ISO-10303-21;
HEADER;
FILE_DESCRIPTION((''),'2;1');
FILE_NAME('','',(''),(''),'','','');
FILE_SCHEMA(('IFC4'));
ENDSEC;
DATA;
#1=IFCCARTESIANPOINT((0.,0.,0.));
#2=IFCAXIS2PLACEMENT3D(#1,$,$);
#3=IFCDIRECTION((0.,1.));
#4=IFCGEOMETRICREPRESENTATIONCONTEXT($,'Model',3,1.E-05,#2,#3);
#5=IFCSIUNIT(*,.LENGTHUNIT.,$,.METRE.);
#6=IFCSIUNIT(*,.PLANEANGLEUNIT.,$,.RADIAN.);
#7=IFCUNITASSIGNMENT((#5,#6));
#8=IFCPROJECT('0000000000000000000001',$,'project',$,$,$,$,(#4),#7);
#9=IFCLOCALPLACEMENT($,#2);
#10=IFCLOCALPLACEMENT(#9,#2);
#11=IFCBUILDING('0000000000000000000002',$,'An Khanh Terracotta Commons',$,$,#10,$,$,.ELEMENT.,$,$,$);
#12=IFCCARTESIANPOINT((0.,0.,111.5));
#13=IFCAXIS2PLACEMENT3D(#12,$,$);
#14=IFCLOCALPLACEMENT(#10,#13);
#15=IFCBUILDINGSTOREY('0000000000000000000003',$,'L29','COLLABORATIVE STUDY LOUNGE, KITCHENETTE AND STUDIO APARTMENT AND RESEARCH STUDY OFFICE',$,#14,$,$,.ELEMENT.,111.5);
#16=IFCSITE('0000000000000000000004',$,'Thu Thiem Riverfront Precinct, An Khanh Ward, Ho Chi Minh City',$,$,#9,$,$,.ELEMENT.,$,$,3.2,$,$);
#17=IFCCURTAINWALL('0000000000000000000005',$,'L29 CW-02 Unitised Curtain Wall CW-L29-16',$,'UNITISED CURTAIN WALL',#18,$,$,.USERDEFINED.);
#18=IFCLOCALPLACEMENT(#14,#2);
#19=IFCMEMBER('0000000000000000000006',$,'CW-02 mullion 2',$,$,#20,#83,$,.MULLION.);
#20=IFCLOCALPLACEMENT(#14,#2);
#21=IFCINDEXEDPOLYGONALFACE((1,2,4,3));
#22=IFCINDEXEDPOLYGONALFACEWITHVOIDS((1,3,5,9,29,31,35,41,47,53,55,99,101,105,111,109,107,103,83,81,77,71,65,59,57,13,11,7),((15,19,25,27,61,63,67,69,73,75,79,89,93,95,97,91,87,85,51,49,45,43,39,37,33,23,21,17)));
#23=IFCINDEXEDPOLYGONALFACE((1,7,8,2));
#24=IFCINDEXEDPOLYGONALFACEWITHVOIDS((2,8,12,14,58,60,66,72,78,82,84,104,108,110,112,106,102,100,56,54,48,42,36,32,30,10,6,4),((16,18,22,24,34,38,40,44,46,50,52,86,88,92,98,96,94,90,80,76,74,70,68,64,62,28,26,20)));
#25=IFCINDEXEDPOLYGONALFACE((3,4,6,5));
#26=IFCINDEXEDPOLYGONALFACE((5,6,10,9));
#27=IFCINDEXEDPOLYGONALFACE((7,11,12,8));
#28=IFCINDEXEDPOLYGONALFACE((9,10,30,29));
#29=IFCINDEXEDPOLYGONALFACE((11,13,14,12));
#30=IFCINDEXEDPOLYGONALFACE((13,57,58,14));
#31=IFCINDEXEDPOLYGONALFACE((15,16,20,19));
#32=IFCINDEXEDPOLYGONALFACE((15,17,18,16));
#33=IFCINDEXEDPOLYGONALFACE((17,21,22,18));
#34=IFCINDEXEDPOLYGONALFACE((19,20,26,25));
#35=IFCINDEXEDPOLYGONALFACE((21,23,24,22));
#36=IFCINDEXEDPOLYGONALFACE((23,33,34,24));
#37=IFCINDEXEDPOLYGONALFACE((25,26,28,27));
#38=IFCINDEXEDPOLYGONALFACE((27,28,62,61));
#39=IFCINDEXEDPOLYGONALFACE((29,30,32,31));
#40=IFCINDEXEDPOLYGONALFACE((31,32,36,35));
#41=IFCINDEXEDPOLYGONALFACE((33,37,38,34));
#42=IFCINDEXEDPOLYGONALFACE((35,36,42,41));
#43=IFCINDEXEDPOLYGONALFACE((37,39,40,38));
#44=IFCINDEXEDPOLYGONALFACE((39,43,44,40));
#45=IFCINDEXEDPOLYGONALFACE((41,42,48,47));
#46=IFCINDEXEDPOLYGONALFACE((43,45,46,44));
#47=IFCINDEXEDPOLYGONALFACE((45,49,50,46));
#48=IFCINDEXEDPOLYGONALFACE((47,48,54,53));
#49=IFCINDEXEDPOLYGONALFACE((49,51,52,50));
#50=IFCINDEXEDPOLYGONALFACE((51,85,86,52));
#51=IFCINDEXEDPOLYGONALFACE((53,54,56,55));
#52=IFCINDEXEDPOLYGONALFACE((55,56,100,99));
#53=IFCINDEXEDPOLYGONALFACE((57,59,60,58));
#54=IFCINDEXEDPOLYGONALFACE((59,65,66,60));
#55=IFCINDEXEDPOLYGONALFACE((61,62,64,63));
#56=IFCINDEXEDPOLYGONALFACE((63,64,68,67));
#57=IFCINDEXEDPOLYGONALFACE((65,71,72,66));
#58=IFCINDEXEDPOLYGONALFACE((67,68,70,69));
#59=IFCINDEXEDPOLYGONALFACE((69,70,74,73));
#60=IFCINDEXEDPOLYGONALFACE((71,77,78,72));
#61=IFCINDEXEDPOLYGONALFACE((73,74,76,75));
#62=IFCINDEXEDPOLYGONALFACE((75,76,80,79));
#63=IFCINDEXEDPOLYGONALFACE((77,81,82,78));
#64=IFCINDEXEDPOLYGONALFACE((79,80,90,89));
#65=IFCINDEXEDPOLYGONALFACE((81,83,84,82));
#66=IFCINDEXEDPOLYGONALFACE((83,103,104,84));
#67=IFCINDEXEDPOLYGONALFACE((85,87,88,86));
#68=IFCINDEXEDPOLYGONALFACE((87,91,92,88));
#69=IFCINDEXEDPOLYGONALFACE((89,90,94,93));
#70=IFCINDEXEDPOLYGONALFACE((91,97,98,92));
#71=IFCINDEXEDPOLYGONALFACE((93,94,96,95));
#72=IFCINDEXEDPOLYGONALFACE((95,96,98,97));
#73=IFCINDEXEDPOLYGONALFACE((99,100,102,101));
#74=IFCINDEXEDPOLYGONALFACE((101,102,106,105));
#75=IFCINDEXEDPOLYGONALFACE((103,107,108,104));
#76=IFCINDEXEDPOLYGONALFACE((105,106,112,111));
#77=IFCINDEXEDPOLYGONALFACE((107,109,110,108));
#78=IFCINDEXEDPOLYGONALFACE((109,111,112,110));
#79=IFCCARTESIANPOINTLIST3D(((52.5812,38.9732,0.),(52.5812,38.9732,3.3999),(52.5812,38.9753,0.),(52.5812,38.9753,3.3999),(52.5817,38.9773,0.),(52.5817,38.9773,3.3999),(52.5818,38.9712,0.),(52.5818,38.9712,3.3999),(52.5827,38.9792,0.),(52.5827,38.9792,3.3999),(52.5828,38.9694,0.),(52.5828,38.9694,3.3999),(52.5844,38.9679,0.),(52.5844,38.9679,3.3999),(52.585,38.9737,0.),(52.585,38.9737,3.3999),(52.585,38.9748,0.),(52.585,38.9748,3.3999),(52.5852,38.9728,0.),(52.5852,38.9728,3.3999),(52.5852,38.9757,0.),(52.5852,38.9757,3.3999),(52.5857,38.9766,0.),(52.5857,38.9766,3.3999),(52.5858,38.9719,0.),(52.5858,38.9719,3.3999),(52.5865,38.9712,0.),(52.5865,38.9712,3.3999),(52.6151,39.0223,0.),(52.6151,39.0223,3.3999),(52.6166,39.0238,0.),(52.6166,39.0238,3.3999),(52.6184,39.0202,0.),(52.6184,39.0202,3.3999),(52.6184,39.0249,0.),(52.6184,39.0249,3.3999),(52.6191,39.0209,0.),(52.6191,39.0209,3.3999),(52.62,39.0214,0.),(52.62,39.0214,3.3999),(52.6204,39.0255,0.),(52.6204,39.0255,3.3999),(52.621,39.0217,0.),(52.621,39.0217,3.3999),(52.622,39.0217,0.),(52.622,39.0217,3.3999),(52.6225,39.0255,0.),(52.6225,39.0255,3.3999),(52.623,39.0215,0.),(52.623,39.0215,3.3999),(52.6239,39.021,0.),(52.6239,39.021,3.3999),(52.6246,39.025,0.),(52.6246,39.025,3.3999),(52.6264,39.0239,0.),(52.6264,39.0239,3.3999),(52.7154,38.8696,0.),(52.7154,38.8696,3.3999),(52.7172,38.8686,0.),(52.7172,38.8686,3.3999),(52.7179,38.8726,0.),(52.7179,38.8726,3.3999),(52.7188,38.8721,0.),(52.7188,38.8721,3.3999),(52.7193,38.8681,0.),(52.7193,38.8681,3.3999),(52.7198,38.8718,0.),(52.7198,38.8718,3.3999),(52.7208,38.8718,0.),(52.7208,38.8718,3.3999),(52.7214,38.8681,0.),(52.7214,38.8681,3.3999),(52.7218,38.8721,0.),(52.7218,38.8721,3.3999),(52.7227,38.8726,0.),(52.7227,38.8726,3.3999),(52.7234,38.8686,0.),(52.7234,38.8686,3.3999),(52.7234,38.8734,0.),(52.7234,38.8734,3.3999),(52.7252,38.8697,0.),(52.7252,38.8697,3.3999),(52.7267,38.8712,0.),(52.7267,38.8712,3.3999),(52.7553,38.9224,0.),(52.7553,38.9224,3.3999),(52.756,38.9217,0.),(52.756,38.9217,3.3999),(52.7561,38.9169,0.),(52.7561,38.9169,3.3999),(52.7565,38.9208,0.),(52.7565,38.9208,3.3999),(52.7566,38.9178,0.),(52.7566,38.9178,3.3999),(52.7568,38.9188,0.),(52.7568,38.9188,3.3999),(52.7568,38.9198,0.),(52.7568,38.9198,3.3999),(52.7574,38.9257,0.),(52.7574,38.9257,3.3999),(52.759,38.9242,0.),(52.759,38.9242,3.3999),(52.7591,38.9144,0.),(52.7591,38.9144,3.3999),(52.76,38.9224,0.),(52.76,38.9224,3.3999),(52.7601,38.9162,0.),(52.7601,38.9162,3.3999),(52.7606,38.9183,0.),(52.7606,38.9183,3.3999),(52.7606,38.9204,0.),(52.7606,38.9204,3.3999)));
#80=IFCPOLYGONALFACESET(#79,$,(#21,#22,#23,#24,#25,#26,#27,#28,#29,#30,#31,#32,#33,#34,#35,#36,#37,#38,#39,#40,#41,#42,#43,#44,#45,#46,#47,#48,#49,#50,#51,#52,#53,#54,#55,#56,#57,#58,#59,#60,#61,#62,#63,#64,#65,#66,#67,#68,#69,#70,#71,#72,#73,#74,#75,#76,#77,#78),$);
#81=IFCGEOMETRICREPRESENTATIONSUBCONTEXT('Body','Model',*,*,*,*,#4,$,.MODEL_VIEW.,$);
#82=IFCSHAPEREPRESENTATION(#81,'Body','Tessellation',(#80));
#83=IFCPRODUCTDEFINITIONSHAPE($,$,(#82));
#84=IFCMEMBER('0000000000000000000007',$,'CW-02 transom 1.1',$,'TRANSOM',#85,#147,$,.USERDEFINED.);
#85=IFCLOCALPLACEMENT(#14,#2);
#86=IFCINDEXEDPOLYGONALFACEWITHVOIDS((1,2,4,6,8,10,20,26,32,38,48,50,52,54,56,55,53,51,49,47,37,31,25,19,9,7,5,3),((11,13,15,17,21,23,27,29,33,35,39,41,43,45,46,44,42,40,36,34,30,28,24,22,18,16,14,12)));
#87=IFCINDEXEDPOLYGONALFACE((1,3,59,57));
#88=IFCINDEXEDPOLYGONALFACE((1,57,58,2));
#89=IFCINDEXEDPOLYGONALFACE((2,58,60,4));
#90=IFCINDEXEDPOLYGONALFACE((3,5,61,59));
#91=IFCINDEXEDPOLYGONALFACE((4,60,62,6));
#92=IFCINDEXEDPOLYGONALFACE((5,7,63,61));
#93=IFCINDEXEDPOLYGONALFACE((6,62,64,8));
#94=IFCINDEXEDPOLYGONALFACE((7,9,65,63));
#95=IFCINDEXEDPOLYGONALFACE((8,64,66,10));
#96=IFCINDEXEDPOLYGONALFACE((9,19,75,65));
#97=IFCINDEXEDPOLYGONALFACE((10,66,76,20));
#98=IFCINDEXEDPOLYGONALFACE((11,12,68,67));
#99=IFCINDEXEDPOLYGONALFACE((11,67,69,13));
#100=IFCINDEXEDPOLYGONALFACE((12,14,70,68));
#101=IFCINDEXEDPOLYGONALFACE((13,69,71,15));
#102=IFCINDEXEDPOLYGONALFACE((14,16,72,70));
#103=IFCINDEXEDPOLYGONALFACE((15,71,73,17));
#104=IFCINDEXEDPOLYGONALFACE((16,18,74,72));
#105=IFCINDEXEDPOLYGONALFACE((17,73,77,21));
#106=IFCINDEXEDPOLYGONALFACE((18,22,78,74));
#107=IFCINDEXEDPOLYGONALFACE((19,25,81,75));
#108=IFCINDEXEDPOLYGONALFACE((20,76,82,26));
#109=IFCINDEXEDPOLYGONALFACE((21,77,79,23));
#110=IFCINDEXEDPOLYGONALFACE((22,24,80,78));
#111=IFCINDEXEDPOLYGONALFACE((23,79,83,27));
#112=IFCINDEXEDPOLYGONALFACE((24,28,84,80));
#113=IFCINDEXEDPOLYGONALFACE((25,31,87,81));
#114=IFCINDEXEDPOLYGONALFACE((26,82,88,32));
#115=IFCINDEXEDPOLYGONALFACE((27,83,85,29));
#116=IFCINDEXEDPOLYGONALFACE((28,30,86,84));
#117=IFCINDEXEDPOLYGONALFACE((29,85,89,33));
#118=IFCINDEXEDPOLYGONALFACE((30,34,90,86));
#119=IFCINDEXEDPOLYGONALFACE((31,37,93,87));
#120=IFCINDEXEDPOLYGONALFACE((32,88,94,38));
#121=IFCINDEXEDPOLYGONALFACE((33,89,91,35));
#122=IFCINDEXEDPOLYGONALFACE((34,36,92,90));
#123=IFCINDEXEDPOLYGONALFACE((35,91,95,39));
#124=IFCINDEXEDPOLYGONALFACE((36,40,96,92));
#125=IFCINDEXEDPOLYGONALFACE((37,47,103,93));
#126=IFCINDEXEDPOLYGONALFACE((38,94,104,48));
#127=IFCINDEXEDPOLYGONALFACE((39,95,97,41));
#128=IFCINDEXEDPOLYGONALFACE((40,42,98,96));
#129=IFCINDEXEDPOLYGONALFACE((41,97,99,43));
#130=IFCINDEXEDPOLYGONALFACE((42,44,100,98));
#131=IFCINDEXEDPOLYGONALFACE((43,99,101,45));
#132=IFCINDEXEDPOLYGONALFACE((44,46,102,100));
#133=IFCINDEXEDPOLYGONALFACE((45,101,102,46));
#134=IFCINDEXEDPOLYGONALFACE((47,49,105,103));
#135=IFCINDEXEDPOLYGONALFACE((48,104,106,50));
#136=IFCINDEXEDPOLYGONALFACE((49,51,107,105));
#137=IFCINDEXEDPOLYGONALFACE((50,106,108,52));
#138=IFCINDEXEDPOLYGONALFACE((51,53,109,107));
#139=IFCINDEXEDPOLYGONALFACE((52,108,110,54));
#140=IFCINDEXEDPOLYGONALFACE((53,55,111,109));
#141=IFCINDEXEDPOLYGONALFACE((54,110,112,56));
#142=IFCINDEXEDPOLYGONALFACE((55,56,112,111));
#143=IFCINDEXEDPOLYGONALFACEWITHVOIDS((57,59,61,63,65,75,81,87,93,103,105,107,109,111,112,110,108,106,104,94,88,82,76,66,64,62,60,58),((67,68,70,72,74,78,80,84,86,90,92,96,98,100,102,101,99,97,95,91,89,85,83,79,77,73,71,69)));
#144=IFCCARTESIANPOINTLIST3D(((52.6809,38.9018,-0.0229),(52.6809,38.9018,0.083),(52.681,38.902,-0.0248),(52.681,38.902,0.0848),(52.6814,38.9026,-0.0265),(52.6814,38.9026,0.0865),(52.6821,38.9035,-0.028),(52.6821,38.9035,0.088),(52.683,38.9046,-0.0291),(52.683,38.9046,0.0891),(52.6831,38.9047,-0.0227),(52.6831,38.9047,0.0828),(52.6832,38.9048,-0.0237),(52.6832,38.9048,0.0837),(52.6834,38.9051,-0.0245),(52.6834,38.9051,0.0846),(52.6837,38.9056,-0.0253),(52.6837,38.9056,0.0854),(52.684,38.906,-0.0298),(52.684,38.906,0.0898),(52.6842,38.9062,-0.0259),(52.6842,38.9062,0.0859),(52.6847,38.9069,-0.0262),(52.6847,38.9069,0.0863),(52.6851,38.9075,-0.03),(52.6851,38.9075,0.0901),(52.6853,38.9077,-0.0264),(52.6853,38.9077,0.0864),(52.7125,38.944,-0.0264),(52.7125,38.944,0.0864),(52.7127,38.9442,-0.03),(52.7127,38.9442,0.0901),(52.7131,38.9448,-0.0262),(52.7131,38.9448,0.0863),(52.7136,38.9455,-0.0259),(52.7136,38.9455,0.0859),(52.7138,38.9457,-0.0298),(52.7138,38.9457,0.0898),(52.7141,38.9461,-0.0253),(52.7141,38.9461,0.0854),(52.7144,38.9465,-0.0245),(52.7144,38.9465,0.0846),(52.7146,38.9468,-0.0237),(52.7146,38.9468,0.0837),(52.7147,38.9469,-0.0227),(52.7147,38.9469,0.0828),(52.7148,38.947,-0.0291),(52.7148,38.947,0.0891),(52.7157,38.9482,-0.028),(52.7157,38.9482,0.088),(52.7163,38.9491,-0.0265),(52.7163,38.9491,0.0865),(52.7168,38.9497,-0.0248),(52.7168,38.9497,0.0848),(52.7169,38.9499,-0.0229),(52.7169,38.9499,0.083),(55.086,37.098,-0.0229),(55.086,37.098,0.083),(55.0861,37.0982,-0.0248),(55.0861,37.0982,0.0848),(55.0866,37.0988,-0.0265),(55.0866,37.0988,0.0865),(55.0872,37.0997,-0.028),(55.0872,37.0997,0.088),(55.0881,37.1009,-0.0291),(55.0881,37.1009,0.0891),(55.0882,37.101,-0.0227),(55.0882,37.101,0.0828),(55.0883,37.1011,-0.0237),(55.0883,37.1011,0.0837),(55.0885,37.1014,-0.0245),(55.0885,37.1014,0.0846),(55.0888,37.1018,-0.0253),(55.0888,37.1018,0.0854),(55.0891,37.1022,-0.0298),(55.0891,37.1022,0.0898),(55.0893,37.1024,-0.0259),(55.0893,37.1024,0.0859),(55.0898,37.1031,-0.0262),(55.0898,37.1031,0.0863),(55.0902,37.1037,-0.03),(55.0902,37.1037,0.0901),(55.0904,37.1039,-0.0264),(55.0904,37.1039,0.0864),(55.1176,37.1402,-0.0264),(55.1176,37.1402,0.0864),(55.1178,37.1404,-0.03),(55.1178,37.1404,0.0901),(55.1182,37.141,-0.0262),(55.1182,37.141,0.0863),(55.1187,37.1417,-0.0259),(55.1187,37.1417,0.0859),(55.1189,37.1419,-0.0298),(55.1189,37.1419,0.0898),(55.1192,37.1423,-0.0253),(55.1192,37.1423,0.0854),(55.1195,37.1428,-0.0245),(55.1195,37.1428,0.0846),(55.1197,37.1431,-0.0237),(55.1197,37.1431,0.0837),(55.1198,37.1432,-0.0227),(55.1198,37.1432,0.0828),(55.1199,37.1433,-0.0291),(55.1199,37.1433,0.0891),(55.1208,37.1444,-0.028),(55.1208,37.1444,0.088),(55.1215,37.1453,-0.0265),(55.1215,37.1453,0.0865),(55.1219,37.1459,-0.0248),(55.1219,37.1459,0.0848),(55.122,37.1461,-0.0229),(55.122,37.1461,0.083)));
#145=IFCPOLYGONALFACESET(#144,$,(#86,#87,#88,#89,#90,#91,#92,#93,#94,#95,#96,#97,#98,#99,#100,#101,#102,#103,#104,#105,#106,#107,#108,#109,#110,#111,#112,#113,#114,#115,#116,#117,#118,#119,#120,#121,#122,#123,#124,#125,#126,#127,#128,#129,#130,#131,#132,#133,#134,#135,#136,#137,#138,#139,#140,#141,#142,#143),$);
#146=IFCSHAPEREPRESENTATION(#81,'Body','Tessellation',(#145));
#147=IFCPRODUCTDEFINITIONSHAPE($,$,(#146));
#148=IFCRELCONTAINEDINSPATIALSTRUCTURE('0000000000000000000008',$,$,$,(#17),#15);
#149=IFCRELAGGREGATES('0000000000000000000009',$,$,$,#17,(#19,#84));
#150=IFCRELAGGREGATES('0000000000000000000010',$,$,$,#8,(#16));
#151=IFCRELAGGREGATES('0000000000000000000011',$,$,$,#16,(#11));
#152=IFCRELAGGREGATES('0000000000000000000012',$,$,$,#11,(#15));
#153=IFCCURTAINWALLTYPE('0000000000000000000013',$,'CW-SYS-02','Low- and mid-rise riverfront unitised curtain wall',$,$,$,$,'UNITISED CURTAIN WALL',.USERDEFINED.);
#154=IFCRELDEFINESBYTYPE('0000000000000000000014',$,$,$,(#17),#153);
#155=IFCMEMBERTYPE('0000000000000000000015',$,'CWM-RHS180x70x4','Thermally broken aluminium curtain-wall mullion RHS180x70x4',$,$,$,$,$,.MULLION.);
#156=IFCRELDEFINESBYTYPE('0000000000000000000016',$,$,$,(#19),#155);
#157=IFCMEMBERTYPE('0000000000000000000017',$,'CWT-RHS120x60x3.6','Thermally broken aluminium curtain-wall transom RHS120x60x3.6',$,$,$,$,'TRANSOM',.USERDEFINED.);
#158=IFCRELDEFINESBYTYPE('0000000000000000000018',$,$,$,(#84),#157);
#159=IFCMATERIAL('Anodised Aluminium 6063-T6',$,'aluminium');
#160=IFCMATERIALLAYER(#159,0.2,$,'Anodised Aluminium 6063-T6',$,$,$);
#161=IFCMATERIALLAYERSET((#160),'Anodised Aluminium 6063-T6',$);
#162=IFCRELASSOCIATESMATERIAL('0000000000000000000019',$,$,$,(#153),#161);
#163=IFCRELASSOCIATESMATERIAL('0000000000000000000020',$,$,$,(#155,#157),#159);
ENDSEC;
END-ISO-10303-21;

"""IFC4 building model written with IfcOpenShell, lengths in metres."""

from ifc_helpers import new_model, si_unit, direction, frame, origin, origin_2d, place, context, subcontext, project, spatial, hollow_rectangle, extrude, material, layer, layer_set, material_profile, profile_set, type_object, element, aggregate, save


model = new_model("IFC4")

# Units and contexts
model_context = context("Model", 3, precision=1e-05, world=origin(), true_north=direction((0.0, 1.0)))
body_context = subcontext(model_context, "Body", "Model", "MODEL_VIEW")
ifc_project = project(units=[si_unit("LENGTHUNIT", "METRE"), si_unit("PLANEANGLEUNIT", "RADIAN")], contexts=[model_context])

# Site, building, storey
site_placement = place(None, origin())
site = spatial("IfcSite", under=ifc_project, at=site_placement, Name="Thu Thiem Riverfront Precinct, An Khanh Ward, Ho Chi Minh City", CompositionType="ELEMENT", RefElevation=3.2)
building_placement = place(site_placement, origin())
building = spatial("IfcBuilding", under=site, at=building_placement, Name="An Khanh Terracotta Commons", CompositionType="ELEMENT")
storey_placement = place(building_placement, frame((0.0, 0.0, 111.5)))
storey = spatial("IfcBuildingStorey", under=building, at=storey_placement, Name="L29", Description="COLLABORATIVE STUDY LOUNGE, KITCHENETTE AND STUDIO APARTMENT AND RESEARCH STUDY OFFICE", CompositionType="ELEMENT", Elevation=111.5)

# Shared definitions
ifc_material_1 = material(Name="Anodised Aluminium 6063-T6", Category="aluminium")
ifc_layer_1 = layer(ifc_material_1, 0.2, Name="Anodised Aluminium 6063-T6")
ifc_layer_set_1 = layer_set([ifc_layer_1], Name="Anodised Aluminium 6063-T6")
curtain_wall_type = type_object("IfcCurtainWallType", Name="CW-SYS-02", Description="Low- and mid-rise riverfront unitised curtain wall", ElementType="UNITISED CURTAIN WALL", PredefinedType="USERDEFINED", material=ifc_layer_set_1)
ifc_material_profile_1 = material_profile(ifc_material_1, hollow_rectangle(XDim=0.0701, YDim=0.1799, WallThickness=0.0039, InnerFilletRadius=0.0039, OuterFilletRadius=0.0081, at=origin_2d()), Name="RHS180x70x4")
ifc_profile_set_1 = profile_set([ifc_material_profile_1], Name="Anodised Aluminium 6063-T6")
member_type_1 = type_object("IfcMemberType", Name="CWM-RHS180x70x4", Description="Thermally broken aluminium curtain-wall mullion RHS180x70x4", PredefinedType="MULLION", material=ifc_profile_set_1)

# Curtain wall, members
curtain_wall_1_placement = place(storey_placement, origin())
curtain_wall_1 = element("IfcCurtainWall", 1, at=curtain_wall_1_placement, inside=storey, type_object=curtain_wall_type, Name="L29 CW-02 Unitised Curtain Wall CW-L29-16", ObjectType="UNITISED CURTAIN WALL", PredefinedType="USERDEFINED")
member_1_placement = place(storey_placement, frame((52.6709, 38.9468, 0.0), z_axis=(0.0, 0.0, 1.0), x_axis=(-0.599983, -0.800013, 0.0)))
member_1 = element("IfcMember", 2, at=member_1_placement, type_object=member_type_1, Name="CW-02 mullion 2", PredefinedType="MULLION", context=body_context, shape_type="SweptSolid", body=[
    extrude(hollow_rectangle(XDim=0.0701, YDim=0.1799, WallThickness=0.0039, InnerFilletRadius=0.0039, OuterFilletRadius=0.0081, at=origin_2d()), origin(), (0.0, 0.0, 1.0), 3.3999),
])
ifc_material_profile_2 = material_profile(ifc_material_1, hollow_rectangle(XDim=0.0601, YDim=0.1201, WallThickness=0.0037, InnerFilletRadius=0.0037, OuterFilletRadius=0.0071, at=origin_2d()), Name="RHS120x60x3.6")
ifc_profile_set_2 = profile_set([ifc_material_profile_2], Name="Anodised Aluminium 6063-T6")
member_type_2 = type_object("IfcMemberType", Name="CWT-RHS120x60x3.6", Description="Thermally broken aluminium curtain-wall transom RHS120x60x3.6", ElementType="TRANSOM", PredefinedType="USERDEFINED", material=ifc_profile_set_2)
member_2_placement = place(storey_placement, frame((55.104, 37.1221, 0.03), z_axis=(-0.80001, 0.599987, 0.0), x_axis=(-0.599987, -0.80001, 0.0)))
member_2 = element("IfcMember", 3, at=member_2_placement, type_object=member_type_2, Name="CW-02 transom 1.1", ObjectType="TRANSOM", PredefinedType="USERDEFINED", context=body_context, shape_type="SweptSolid", body=[
    extrude(hollow_rectangle(XDim=0.0601, YDim=0.1201, WallThickness=0.0037, InnerFilletRadius=0.0037, OuterFilletRadius=0.0071, at=origin_2d()), origin(), (0.0, 0.0, 1.0), 3.0063),
])
aggregate(curtain_wall_1, [member_1, member_2])

save(model, "model.ifc")
